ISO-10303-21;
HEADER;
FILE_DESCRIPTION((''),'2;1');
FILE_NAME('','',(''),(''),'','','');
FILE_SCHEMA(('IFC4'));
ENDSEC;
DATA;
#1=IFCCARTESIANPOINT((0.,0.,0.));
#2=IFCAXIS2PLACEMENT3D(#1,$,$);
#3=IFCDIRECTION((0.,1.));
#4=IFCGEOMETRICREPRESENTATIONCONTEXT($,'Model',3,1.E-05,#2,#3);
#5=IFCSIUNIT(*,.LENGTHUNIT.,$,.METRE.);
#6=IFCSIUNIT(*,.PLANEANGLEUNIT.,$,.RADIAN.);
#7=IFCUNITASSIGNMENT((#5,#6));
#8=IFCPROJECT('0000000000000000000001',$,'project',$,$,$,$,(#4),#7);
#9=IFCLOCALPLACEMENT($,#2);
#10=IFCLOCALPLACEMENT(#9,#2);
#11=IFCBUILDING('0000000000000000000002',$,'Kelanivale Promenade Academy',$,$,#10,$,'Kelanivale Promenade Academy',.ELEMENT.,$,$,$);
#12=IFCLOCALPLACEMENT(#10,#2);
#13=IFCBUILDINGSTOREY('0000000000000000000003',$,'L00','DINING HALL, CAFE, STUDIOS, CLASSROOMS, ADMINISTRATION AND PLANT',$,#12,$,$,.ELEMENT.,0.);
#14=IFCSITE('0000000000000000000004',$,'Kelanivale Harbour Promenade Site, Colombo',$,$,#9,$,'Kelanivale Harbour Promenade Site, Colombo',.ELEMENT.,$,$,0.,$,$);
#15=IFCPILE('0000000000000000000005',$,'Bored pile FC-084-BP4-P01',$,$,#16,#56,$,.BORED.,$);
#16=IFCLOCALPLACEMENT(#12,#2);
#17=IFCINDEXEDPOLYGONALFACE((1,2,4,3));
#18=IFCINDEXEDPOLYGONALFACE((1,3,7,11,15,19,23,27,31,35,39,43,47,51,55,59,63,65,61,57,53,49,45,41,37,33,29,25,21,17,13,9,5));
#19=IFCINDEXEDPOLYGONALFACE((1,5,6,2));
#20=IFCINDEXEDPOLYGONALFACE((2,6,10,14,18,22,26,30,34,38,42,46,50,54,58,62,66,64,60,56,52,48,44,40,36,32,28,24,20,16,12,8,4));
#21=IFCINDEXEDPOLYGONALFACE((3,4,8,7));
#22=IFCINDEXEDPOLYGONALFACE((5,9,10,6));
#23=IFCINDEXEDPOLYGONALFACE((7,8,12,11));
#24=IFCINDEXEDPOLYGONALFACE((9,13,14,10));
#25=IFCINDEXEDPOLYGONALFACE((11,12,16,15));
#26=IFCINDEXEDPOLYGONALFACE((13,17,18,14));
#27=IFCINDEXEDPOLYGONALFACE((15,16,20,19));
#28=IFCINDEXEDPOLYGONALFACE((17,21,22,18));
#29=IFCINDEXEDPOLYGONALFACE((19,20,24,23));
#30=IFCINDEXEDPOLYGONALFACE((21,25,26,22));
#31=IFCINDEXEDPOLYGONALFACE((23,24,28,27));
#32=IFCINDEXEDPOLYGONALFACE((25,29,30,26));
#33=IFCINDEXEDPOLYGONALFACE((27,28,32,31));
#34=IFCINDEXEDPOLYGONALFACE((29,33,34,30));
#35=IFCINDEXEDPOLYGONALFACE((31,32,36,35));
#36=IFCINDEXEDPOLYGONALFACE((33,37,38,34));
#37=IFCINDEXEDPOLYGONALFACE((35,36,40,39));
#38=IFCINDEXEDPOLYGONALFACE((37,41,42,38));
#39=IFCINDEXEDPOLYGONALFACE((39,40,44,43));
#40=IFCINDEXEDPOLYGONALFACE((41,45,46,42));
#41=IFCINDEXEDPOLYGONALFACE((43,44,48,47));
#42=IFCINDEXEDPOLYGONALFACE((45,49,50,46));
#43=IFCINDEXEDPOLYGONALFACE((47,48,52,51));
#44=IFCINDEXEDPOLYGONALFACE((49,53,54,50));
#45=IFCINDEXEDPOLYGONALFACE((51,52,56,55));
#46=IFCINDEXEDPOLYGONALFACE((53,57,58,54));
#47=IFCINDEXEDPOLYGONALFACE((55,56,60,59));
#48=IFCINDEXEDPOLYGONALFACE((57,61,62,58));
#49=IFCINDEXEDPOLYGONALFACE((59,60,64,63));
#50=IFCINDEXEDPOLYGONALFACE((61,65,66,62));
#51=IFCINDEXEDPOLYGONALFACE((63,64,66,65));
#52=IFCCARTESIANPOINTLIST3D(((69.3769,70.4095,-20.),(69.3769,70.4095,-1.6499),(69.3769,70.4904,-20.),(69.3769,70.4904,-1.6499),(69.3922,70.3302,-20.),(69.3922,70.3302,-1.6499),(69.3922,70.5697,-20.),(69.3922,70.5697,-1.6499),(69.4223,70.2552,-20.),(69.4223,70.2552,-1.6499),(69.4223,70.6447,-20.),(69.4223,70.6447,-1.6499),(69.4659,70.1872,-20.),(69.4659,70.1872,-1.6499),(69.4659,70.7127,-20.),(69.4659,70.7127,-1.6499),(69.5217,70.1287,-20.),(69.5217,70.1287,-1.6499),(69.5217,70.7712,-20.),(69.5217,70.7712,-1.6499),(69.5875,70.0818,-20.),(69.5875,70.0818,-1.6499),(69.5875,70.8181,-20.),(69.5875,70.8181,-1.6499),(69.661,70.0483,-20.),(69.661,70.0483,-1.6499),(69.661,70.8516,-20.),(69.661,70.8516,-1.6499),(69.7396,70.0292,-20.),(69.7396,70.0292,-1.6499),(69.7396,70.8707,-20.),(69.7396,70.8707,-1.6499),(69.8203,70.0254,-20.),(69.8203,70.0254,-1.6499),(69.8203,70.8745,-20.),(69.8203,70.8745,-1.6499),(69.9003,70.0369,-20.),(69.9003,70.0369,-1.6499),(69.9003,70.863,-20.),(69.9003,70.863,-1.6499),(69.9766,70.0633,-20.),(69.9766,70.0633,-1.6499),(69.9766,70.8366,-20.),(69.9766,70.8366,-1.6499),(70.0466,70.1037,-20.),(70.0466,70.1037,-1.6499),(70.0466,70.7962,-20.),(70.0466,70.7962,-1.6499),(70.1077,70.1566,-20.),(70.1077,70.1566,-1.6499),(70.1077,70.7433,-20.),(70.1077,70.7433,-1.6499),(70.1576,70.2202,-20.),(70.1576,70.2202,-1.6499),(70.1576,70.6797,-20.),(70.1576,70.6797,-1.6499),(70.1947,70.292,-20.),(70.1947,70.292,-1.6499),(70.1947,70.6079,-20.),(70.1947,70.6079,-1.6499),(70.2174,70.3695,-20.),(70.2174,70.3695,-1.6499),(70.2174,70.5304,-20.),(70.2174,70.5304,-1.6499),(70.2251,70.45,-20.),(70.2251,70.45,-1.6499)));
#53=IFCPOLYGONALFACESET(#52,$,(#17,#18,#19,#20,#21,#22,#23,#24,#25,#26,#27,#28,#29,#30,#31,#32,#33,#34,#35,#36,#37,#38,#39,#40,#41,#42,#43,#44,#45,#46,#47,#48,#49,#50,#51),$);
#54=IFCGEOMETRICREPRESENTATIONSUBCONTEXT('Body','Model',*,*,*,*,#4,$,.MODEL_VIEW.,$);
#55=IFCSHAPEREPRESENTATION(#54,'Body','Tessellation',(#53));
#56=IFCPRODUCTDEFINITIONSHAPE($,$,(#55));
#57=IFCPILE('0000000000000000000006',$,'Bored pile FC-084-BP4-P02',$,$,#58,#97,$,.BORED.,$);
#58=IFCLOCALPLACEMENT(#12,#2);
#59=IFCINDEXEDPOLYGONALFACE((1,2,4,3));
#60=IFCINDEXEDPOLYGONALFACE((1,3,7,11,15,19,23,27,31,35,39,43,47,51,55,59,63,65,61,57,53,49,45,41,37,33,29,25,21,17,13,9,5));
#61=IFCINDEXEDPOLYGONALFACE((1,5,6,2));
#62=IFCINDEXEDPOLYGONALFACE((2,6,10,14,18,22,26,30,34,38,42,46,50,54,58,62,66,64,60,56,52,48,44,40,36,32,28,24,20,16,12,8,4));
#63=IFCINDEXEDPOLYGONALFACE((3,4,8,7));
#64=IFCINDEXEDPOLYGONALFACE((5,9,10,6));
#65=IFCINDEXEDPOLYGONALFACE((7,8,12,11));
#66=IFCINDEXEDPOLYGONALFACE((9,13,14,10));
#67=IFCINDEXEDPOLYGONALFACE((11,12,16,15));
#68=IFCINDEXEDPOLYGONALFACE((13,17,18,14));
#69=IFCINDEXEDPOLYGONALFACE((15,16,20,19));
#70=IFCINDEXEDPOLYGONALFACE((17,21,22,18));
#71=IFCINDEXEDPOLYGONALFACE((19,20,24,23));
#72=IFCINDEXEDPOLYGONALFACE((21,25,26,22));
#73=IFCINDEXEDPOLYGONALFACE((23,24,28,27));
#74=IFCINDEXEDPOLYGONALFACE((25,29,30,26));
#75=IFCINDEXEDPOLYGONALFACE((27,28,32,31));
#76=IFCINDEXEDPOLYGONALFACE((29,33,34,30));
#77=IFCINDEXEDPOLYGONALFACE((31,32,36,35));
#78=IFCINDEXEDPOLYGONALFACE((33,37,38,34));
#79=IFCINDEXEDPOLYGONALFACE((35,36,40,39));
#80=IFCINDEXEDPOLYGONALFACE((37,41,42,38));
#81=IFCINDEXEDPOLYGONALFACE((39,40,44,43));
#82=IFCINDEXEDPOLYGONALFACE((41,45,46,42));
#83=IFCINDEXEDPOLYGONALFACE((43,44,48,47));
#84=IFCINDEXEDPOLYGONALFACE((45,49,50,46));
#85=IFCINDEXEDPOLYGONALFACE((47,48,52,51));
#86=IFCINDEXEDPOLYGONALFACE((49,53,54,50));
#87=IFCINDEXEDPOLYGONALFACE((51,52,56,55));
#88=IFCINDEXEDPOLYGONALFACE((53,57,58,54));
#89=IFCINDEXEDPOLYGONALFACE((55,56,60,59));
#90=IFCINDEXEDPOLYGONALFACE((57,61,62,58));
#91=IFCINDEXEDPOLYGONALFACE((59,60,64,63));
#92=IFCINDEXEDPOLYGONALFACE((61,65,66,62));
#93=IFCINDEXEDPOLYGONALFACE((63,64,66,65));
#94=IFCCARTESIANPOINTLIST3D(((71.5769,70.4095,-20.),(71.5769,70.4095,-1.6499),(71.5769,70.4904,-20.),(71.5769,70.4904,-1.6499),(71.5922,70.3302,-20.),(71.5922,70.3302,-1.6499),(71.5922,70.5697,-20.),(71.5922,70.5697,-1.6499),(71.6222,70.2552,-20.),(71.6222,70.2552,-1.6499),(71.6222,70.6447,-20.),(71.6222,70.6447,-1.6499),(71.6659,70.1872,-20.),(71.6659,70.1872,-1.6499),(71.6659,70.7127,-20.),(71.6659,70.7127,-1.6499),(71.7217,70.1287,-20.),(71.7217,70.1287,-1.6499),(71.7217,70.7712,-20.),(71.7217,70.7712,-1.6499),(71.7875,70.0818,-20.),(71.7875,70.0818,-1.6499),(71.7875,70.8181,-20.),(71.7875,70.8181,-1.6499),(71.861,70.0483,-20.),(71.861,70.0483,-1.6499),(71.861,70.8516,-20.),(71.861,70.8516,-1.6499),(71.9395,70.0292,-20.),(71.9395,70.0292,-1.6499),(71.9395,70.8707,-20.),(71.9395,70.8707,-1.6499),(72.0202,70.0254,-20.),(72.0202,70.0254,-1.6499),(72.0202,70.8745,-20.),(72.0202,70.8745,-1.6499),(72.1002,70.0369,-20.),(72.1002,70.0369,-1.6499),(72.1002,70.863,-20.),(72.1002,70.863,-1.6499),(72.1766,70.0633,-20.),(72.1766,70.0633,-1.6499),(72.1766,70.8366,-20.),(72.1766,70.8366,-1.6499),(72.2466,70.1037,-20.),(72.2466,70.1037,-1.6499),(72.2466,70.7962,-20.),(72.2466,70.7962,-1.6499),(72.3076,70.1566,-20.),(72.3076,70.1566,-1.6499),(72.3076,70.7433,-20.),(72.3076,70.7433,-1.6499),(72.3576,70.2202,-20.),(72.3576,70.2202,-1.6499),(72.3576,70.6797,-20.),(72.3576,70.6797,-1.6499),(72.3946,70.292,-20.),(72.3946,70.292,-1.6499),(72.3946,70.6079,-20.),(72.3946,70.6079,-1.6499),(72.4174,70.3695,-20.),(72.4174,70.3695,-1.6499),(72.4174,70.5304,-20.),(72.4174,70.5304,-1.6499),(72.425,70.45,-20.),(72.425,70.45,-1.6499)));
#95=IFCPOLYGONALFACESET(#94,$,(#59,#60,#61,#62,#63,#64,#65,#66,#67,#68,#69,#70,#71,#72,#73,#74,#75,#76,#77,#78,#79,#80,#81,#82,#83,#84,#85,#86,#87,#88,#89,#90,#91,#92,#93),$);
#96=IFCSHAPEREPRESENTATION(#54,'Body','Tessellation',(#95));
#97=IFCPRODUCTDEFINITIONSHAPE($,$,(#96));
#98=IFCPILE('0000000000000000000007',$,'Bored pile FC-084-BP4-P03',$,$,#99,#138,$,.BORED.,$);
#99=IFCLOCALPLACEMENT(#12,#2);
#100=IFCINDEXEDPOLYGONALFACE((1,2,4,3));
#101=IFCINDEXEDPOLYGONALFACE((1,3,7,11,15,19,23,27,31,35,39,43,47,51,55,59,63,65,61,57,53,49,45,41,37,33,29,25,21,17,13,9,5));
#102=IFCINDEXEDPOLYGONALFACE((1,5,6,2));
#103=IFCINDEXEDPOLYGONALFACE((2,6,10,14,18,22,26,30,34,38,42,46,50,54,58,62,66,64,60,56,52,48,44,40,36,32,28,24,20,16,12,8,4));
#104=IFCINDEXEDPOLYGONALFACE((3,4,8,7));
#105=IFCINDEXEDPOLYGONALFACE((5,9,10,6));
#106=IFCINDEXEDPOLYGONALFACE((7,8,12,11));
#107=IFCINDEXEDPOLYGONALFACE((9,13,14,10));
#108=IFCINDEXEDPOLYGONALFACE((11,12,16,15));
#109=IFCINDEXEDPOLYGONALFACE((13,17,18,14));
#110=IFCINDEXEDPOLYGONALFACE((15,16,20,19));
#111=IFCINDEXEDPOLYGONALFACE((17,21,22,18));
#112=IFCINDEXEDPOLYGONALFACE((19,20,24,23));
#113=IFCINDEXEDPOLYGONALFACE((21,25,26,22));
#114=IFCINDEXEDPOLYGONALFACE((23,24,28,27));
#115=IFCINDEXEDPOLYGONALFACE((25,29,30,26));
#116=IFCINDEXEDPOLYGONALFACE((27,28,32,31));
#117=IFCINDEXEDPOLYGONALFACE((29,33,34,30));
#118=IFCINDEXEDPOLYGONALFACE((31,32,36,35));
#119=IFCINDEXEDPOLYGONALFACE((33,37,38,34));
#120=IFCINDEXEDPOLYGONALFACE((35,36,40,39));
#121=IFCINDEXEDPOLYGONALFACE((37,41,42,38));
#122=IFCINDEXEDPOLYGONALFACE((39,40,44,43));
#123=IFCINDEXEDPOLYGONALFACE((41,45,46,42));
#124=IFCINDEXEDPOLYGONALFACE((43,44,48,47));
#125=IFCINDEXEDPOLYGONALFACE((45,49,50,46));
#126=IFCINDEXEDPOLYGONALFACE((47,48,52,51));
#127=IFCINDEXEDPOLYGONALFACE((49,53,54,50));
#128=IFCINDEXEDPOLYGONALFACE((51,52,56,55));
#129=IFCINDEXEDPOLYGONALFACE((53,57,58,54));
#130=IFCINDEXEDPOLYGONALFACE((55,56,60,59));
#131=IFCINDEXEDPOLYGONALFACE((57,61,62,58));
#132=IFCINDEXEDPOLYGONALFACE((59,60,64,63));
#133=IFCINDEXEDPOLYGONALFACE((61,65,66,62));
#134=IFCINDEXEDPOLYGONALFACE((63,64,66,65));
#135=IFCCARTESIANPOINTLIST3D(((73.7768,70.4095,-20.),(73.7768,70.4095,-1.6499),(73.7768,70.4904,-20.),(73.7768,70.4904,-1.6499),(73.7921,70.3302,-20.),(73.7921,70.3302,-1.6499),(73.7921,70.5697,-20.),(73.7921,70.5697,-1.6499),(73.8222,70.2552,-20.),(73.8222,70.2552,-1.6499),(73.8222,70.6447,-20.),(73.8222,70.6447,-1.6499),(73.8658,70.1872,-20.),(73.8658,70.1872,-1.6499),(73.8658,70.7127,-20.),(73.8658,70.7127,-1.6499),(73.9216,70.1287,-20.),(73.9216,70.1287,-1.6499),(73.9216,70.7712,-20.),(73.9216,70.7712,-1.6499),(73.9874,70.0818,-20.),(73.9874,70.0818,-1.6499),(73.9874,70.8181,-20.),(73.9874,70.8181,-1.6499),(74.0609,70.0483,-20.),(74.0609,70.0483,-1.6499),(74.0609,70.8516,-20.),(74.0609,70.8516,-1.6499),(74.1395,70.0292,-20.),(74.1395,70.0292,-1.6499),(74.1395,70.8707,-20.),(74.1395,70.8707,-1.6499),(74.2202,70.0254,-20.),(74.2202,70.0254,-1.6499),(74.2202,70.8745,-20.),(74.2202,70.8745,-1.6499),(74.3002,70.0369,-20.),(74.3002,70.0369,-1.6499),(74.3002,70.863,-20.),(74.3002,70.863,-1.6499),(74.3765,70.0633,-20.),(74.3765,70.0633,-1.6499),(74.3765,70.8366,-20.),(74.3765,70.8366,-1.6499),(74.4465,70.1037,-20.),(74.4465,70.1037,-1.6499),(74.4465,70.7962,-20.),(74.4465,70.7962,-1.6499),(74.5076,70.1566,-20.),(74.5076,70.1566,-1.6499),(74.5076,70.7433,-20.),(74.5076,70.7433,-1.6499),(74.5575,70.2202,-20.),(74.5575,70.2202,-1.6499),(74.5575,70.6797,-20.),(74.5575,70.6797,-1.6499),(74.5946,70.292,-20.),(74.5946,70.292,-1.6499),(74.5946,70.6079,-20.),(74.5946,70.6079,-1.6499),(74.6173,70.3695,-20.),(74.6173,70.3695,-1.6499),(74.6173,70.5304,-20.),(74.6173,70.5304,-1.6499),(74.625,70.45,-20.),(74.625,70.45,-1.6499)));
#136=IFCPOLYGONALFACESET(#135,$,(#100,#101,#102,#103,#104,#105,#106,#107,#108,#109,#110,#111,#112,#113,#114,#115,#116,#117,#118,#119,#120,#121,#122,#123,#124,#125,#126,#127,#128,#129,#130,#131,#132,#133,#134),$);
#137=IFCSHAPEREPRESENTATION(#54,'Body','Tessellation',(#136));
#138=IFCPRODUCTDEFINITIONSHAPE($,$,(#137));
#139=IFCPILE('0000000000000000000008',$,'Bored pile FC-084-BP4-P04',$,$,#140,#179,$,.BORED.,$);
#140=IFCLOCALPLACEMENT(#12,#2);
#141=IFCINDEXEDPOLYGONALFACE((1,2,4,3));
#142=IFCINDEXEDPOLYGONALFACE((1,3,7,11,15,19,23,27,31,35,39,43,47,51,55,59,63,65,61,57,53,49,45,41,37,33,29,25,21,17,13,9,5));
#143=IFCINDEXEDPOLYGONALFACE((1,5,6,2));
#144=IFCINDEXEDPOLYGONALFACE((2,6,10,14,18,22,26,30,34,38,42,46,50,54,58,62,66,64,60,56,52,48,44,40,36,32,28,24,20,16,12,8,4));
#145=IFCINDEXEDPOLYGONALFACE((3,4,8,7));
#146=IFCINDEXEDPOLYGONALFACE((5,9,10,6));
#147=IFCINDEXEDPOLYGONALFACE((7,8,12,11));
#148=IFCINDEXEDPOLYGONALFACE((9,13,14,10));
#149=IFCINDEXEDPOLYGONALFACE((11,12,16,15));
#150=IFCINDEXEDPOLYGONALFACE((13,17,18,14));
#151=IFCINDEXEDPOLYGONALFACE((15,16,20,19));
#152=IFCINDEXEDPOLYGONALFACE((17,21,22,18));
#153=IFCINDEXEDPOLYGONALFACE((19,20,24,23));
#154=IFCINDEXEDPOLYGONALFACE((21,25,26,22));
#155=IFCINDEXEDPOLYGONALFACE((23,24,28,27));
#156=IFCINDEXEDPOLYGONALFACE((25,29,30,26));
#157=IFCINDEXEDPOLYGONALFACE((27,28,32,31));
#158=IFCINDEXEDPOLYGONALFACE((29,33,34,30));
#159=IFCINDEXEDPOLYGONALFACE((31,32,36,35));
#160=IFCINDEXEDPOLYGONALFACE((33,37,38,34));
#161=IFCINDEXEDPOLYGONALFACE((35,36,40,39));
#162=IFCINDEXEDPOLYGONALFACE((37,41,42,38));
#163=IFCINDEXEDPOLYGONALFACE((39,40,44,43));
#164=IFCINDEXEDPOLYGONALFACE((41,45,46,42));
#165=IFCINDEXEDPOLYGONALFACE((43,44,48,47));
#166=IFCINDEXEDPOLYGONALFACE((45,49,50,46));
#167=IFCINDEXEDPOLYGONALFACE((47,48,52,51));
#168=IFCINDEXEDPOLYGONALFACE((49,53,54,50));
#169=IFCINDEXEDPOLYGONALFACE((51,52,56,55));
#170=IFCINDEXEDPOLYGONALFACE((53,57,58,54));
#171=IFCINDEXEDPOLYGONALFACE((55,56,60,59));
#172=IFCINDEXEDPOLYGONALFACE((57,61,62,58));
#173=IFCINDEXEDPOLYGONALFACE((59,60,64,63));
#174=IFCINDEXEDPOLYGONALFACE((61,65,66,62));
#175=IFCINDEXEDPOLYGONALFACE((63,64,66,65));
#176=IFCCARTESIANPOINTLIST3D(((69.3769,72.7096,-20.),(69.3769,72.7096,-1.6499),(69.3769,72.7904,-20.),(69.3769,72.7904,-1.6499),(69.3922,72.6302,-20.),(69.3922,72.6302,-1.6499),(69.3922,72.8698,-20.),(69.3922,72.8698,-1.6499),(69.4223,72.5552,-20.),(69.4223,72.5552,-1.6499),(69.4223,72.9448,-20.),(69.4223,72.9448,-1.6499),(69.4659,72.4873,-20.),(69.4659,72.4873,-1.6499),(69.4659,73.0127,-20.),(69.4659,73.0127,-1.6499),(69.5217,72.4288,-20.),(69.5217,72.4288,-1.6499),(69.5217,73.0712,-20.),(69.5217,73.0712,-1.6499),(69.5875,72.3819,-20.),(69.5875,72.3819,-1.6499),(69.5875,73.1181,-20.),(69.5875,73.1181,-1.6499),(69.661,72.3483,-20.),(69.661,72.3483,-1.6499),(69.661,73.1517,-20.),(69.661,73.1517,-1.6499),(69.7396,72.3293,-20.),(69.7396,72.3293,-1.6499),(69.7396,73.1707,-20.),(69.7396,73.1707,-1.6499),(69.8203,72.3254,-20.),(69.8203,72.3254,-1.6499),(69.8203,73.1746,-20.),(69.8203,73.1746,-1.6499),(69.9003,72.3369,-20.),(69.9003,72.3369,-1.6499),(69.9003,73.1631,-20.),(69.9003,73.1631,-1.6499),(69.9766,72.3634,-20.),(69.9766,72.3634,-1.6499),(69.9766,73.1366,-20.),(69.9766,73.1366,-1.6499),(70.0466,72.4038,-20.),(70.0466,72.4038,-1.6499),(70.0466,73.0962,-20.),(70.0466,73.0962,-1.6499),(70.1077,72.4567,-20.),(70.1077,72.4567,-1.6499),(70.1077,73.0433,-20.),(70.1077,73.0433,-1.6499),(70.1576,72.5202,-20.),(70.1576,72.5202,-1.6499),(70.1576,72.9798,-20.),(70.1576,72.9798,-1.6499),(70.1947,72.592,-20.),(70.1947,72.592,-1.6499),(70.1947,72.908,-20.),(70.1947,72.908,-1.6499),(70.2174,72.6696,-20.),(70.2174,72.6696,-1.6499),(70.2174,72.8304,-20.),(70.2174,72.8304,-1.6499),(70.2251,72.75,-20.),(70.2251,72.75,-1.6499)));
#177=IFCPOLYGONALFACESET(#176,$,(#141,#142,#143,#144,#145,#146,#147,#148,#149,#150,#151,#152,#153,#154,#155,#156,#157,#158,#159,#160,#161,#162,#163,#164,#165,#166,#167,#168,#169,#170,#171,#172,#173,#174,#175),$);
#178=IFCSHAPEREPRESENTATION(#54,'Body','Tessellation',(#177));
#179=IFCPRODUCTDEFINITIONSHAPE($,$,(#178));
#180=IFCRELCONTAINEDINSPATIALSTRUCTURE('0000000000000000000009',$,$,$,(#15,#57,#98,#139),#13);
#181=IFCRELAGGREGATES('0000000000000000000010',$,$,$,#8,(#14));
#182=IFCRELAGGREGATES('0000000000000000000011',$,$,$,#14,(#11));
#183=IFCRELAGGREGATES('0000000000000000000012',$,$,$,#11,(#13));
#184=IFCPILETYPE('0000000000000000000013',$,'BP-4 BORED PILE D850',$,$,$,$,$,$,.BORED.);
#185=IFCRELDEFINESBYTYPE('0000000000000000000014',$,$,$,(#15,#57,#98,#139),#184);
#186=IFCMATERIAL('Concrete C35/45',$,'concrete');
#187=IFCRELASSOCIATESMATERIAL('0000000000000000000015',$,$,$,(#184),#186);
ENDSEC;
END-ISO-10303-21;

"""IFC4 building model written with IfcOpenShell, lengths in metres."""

from ifc_helpers import new_model, si_unit, direction, frame, origin, origin_2d, place, context, subcontext, project, spatial, circle, extrude, material, material_profile, profile_set, type_object, element, save


model = new_model("IFC4")

# Units and contexts
model_context = context("Model", 3, precision=1e-05, world=origin(), true_north=direction((0.0, 1.0)))
body_context = subcontext(model_context, "Body", "Model", "MODEL_VIEW")
ifc_project = project(units=[si_unit("LENGTHUNIT", "METRE"), si_unit("PLANEANGLEUNIT", "RADIAN")], contexts=[model_context])

# Site, building, storey
site_placement = place(None, origin())
site = spatial("IfcSite", under=ifc_project, at=site_placement, Name="Kelanivale Harbour Promenade Site, Colombo", LongName="Kelanivale Harbour Promenade Site, Colombo", CompositionType="ELEMENT", RefElevation=0.0)
building_placement = place(site_placement, origin())
building = spatial("IfcBuilding", under=site, at=building_placement, Name="Kelanivale Promenade Academy", LongName="Kelanivale Promenade Academy", CompositionType="ELEMENT")
storey_placement = place(building_placement, origin())
storey = spatial("IfcBuildingStorey", under=building, at=storey_placement, Name="L00", Description="DINING HALL, CAFE, STUDIOS, CLASSROOMS, ADMINISTRATION AND PLANT", CompositionType="ELEMENT", Elevation=0.0)

# Piles
ifc_material_1 = material(Name="Concrete C35/45", Category="concrete")
ifc_material_profile_1 = material_profile(ifc_material_1, circle(Radius=0.425, at=origin_2d()), Name="BORED PILE D850")
ifc_profile_set_1 = profile_set([ifc_material_profile_1], Name="Concrete C35/45")
pile_type = type_object("IfcPileType", Name="BP-4 BORED PILE D850", PredefinedType="BORED", material=ifc_profile_set_1)
for number, where, z_axis, x_axis, name in (
    (1, (69.8, 70.45, -1.6499), (0.0, 0.0, -1.0), (1.0, 0.0, 0.0), "Bored pile FC-084-BP4-P01"),
    (2, (72.0, 70.45, -1.6499), (0.0, 0.0, -1.0), (1.0, 0.0, 0.0), "Bored pile FC-084-BP4-P02"),
    (3, (74.2, 70.45, -1.6499), (0.0, 0.0, -1.0), (1.0, 0.0, 0.0), "Bored pile FC-084-BP4-P03"),
    (4, (69.8, 72.75, -1.6499), (0.0, 0.0, -1.0), (1.0, 0.0, 0.0), "Bored pile FC-084-BP4-P04"),
):
    element("IfcPile", number, at=place(storey_placement, frame(where, z_axis=z_axis, x_axis=x_axis)), inside=storey, type_object=pile_type, Name=name, PredefinedType="BORED", context=body_context, shape_type="SweptSolid", body=[
        extrude(circle(Radius=0.425, at=origin_2d()), origin(), (0.0, 0.0, 1.0), 18.3501),
    ])

save(model, "model.ifc")
